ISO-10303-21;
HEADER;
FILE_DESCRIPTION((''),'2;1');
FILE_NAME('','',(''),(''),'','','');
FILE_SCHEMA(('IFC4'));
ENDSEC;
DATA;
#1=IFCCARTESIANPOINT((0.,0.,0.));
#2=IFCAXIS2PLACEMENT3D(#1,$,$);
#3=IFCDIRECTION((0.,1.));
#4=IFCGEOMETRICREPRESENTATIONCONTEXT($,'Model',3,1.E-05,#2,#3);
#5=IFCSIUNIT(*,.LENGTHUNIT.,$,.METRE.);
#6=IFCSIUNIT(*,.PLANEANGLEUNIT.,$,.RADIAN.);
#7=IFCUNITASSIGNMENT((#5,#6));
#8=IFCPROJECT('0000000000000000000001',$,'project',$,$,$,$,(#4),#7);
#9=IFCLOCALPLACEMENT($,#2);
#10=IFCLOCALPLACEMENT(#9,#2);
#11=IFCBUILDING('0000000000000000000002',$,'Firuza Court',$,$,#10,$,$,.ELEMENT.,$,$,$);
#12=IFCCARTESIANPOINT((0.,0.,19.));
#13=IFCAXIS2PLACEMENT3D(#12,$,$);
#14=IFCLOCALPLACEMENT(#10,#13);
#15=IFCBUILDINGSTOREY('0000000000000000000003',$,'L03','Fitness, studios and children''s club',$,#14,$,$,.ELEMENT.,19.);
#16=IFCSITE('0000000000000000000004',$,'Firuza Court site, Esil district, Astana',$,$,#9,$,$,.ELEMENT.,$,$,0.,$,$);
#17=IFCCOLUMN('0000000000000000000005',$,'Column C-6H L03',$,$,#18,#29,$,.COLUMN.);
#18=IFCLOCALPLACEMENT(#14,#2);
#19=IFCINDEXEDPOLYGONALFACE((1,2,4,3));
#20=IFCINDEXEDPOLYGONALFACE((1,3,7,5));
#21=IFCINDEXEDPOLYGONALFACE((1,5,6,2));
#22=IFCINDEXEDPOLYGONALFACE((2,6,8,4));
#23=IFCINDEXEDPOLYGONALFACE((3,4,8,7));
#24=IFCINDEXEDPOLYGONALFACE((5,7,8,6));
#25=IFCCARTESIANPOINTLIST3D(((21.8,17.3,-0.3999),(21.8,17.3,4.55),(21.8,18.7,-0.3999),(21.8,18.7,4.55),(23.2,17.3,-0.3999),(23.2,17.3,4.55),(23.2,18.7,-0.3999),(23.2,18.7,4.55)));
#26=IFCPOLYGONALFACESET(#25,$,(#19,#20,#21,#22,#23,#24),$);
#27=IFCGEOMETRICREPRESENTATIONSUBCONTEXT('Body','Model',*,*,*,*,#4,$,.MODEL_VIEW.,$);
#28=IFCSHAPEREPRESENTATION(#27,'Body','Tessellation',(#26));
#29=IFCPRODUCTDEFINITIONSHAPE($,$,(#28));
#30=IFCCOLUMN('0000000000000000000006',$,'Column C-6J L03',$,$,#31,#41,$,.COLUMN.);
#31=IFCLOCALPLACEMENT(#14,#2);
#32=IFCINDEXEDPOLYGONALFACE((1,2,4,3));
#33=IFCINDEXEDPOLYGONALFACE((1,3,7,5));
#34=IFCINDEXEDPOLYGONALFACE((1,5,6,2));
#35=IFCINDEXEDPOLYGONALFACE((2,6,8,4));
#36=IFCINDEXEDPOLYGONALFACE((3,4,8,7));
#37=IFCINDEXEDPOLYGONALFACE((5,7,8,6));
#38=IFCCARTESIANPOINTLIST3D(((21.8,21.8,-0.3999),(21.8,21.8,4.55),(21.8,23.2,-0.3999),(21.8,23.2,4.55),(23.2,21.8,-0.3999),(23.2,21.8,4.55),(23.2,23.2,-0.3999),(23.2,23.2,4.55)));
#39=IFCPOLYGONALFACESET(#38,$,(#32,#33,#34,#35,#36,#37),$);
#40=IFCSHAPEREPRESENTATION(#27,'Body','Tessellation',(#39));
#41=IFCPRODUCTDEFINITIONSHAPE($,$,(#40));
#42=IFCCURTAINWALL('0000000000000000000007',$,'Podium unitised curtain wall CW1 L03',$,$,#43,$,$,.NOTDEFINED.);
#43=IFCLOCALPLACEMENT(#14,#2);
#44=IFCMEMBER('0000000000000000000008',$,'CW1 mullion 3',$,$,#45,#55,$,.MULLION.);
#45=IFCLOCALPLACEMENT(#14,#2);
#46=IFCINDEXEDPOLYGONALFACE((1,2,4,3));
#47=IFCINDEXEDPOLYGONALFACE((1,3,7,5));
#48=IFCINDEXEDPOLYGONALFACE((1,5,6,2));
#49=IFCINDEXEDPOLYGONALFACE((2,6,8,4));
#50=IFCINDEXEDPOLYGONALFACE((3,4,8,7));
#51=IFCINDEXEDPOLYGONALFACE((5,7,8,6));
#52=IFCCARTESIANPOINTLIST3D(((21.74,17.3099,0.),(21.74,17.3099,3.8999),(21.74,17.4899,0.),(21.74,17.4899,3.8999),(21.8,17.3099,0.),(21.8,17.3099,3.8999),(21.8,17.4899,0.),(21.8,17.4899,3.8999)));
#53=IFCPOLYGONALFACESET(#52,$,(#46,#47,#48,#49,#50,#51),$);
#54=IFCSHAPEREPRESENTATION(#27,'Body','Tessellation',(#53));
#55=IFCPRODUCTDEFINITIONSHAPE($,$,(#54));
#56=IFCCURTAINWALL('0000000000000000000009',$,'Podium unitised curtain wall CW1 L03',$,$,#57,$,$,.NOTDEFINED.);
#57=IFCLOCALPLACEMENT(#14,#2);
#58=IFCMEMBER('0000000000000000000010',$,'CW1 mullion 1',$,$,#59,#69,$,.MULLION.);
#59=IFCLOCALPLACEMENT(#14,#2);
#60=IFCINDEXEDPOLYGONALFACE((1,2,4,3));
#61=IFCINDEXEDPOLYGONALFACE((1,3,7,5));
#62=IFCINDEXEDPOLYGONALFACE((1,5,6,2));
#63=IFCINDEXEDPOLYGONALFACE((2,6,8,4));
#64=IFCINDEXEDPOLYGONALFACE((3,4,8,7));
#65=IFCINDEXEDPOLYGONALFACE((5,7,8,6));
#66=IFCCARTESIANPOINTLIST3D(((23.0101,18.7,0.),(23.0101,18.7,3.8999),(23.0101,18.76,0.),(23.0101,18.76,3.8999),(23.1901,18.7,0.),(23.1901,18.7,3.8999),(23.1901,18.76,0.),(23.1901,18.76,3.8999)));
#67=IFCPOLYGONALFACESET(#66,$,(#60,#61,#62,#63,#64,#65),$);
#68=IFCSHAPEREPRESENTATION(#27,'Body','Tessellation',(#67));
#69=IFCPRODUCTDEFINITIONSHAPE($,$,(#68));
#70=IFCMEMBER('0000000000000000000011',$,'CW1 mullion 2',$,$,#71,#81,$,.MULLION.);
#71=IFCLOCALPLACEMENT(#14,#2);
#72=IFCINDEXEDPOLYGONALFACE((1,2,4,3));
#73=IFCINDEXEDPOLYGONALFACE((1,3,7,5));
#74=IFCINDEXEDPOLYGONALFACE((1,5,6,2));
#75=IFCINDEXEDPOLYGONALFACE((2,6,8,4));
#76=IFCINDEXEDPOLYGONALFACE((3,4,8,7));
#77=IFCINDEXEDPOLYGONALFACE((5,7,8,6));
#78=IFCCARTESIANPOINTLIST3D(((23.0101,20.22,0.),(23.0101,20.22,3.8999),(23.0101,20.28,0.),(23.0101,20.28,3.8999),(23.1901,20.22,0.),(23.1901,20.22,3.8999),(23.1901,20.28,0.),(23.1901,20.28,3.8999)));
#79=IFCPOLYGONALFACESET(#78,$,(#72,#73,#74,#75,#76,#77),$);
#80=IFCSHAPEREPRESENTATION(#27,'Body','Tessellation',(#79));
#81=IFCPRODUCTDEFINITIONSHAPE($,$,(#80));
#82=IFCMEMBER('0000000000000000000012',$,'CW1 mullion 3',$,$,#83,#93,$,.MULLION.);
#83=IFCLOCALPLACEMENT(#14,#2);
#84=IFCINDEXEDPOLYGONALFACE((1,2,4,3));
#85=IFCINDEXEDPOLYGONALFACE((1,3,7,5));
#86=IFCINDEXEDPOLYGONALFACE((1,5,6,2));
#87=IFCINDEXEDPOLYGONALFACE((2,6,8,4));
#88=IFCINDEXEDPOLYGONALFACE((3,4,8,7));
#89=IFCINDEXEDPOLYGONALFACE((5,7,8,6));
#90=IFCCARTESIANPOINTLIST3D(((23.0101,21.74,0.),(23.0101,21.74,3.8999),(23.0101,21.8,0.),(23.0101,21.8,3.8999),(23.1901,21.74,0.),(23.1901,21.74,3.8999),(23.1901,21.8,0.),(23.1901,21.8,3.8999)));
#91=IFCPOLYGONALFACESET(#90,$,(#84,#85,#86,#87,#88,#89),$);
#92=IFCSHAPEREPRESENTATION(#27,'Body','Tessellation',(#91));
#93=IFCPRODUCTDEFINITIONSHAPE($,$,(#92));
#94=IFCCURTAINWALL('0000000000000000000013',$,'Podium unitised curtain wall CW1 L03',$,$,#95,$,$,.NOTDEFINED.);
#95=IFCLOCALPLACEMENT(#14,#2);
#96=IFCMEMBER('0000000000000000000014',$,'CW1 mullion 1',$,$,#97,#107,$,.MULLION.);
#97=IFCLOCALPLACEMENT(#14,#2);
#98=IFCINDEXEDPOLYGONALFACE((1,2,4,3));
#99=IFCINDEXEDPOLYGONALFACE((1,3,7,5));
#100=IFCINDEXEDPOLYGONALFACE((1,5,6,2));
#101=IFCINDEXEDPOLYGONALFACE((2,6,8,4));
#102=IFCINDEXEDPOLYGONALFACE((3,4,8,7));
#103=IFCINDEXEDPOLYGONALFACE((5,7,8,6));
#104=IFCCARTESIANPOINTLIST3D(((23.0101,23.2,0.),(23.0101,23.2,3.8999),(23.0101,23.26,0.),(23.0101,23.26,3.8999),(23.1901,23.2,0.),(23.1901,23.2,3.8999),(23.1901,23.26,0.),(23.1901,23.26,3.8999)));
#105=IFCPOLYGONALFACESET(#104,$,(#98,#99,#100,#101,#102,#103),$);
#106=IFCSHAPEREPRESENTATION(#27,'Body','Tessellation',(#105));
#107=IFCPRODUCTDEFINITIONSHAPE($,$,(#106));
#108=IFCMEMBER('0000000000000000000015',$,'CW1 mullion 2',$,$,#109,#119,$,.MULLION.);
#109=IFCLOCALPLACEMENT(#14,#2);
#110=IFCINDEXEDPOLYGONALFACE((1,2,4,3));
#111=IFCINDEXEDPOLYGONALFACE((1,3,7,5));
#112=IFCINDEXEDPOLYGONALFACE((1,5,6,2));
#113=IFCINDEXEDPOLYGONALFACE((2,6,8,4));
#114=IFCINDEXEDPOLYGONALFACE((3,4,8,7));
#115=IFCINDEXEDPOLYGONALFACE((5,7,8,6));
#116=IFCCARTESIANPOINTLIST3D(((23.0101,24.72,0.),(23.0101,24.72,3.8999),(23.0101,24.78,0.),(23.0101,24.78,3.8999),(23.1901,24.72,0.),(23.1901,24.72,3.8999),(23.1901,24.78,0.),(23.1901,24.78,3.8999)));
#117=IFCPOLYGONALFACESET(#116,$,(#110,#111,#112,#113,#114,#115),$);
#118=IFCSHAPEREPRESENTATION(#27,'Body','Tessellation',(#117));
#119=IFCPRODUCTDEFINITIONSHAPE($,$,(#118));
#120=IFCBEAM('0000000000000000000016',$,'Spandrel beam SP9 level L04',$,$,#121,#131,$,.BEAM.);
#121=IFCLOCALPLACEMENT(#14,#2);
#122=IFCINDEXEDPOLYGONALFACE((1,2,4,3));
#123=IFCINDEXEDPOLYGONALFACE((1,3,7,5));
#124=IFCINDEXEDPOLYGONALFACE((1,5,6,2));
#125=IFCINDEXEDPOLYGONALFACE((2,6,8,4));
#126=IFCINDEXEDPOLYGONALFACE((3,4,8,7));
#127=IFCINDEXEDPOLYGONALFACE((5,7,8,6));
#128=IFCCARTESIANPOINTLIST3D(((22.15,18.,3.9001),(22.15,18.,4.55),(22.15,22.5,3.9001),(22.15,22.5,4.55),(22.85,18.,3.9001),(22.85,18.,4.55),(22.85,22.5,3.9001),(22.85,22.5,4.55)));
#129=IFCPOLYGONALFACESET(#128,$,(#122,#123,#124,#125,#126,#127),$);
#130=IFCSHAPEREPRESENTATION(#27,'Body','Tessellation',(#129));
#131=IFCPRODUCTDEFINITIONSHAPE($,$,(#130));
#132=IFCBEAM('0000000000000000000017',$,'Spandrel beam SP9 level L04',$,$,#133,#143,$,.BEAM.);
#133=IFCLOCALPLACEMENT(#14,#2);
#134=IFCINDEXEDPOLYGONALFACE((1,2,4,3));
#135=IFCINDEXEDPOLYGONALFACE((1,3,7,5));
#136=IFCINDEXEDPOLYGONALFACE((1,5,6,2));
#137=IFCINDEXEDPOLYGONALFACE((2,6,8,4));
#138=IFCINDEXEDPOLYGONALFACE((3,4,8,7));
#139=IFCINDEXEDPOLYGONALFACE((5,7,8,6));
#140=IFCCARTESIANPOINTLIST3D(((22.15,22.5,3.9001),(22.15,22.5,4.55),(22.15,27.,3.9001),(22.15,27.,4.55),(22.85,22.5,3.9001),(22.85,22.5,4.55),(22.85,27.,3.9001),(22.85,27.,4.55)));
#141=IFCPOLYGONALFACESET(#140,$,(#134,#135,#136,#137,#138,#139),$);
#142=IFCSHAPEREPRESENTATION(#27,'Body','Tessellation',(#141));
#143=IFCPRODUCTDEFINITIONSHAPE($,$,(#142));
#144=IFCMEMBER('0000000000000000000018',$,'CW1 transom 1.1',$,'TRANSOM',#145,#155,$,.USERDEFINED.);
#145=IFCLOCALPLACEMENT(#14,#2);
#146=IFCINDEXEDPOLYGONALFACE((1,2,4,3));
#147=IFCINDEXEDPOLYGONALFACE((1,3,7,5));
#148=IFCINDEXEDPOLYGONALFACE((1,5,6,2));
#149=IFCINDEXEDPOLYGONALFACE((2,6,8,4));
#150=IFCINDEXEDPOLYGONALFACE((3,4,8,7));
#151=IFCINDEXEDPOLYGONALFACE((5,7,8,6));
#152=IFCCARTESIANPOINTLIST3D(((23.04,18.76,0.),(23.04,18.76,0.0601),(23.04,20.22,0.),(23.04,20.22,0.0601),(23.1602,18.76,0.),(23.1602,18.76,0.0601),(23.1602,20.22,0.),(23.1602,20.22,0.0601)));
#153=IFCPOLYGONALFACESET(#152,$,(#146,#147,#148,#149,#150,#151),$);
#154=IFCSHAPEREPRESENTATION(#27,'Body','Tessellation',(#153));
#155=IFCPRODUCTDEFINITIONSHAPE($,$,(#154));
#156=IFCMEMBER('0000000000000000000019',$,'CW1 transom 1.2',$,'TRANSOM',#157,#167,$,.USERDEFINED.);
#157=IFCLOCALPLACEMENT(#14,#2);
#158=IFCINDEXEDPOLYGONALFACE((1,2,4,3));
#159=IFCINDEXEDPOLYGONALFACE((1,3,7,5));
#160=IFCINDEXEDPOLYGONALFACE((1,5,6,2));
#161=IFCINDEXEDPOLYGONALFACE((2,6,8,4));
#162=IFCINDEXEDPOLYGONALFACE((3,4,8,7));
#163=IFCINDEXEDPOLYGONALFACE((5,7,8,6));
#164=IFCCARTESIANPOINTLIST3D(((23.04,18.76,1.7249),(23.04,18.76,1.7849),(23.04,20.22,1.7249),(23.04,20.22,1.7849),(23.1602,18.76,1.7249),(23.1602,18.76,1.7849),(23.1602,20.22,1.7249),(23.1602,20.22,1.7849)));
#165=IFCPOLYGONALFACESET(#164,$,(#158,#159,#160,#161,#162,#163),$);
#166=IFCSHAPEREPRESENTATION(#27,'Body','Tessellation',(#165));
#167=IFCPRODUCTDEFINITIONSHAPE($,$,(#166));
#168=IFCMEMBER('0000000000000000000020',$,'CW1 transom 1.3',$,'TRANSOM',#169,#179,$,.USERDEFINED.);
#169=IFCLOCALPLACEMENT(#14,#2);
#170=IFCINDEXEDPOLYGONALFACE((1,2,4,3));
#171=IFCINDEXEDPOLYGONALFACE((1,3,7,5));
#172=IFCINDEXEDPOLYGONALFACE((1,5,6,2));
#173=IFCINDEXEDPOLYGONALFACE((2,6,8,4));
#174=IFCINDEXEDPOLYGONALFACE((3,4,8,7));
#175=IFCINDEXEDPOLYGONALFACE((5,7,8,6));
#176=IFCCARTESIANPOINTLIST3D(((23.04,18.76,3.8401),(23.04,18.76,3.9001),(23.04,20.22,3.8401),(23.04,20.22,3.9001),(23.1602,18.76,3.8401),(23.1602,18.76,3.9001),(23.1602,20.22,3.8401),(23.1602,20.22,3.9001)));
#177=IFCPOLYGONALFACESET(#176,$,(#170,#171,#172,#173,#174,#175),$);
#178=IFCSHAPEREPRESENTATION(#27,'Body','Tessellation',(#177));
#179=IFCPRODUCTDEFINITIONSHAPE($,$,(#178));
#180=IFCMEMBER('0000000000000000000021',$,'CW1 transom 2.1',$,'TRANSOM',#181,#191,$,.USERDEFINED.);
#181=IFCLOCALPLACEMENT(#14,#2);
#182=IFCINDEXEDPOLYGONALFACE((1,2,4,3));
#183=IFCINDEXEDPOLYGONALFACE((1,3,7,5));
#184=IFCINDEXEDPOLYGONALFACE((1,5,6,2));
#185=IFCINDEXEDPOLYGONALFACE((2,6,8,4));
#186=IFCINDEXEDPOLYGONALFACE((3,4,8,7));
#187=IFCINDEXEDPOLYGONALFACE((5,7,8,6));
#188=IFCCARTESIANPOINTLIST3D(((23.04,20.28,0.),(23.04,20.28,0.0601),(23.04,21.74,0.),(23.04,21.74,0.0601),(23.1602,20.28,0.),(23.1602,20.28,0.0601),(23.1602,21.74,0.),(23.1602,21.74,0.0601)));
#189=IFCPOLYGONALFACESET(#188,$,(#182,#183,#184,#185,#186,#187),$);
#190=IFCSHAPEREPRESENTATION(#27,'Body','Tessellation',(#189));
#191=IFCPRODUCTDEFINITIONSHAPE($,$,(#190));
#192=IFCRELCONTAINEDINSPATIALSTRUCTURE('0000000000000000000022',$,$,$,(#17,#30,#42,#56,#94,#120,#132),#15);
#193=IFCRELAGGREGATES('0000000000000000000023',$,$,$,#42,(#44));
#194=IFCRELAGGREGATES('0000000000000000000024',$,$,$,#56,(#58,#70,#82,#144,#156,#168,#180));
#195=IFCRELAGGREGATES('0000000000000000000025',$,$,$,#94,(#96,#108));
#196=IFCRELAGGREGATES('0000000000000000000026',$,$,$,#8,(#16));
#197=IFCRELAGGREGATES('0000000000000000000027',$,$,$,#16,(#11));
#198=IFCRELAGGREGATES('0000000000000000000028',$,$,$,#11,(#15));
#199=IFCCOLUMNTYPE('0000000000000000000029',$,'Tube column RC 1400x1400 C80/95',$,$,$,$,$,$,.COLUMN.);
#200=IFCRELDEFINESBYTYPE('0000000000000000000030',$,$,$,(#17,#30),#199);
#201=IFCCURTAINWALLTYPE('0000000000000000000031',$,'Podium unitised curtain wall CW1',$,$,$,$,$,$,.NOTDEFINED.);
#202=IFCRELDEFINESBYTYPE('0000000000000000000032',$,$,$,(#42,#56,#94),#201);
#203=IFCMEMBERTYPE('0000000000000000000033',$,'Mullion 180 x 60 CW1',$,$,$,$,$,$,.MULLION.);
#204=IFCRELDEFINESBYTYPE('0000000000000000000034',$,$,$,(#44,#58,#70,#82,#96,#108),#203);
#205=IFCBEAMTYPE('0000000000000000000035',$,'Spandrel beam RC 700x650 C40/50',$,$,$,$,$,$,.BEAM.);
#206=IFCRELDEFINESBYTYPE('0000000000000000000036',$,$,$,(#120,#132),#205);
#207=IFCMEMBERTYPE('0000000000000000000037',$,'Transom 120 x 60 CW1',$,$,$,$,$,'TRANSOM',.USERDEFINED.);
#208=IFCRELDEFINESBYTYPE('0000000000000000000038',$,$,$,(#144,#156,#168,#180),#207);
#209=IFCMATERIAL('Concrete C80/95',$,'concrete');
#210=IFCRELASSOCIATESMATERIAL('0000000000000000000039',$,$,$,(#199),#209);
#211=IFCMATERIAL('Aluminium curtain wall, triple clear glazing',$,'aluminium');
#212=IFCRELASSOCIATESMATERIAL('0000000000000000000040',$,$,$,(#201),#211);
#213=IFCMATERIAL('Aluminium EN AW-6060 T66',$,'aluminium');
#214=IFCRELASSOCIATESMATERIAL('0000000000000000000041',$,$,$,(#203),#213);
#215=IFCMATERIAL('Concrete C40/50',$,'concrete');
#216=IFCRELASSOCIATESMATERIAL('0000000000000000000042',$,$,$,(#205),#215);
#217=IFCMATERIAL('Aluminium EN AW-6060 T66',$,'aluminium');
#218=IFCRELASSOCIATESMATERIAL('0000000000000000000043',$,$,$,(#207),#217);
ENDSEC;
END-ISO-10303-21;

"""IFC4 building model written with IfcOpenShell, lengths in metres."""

from ifc_helpers import new_model, si_unit, direction, frame, origin, origin_2d, place, context, subcontext, project, spatial, rectangle, extrude, material, material_profile, profile_set, type_object, element, aggregate, save


model = new_model("IFC4")

# Units and contexts
model_context = context("Model", 3, precision=1e-05, world=origin(), true_north=direction((0.0, 1.0)))
body_context = subcontext(model_context, "Body", "Model", "MODEL_VIEW")
ifc_project = project(units=[si_unit("LENGTHUNIT", "METRE"), si_unit("PLANEANGLEUNIT", "RADIAN")], contexts=[model_context])

# Site, building, storey
site_placement = place(None, origin())
site = spatial("IfcSite", under=ifc_project, at=site_placement, Name="Firuza Court site, Esil district, Astana", CompositionType="ELEMENT", RefElevation=0.0)
building_placement = place(site_placement, origin())
building = spatial("IfcBuilding", under=site, at=building_placement, Name="Firuza Court", CompositionType="ELEMENT")
storey_placement = place(building_placement, frame((0.0, 0.0, 19.0)))
storey = spatial("IfcBuildingStorey", under=building, at=storey_placement, Name="L03", Description="Fitness, studios and children's club", CompositionType="ELEMENT", Elevation=19.0)

# Columns
ifc_material_1 = material(Name="Concrete C80/95", Category="concrete")
ifc_material_profile_1 = material_profile(ifc_material_1, rectangle(XDim=1.3999, YDim=1.3999, at=origin_2d()), Name="RC 1400x1400")
ifc_profile_set_1 = profile_set([ifc_material_profile_1], Name="Concrete C80/95")
column_type = type_object("IfcColumnType", Name="Tube column RC 1400x1400 C80/95", PredefinedType="COLUMN", material=ifc_profile_set_1)
for number, where, z_axis, x_axis, name in (
    (1, (22.5, 18.0, -0.3999), (0.0, 0.0, 1.0), (1.0, 0.0, 0.0), "Column C-6H L03"),
    (2, (22.5, 22.5, -0.3999), (0.0, 0.0, 1.0), (1.0, 0.0, 0.0), "Column C-6J L03"),
):
    element("IfcColumn", number, at=place(storey_placement, frame(where, z_axis=z_axis, x_axis=x_axis)), inside=storey, type_object=column_type, Name=name, PredefinedType="COLUMN", context=body_context, shape_type="SweptSolid", body=[
        extrude(rectangle(XDim=1.3999, YDim=1.3999, at=origin_2d()), origin(), (0.0, 0.0, 1.0), 4.95),
    ])

# Curtain wall, member
ifc_material_2 = material(Name="Aluminium curtain wall, triple clear glazing", Category="aluminium")
curtain_wall_type = type_object("IfcCurtainWallType", Name="Podium unitised curtain wall CW1", PredefinedType="NOTDEFINED", material=ifc_material_2)
curtain_wall_1_placement = place(storey_placement, origin())
curtain_wall_1 = element("IfcCurtainWall", 3, at=curtain_wall_1_placement, inside=storey, type_object=curtain_wall_type, Name="Podium unitised curtain wall CW1 L03", PredefinedType="NOTDEFINED")
ifc_material_3 = material(Name="Aluminium EN AW-6060 T66", Category="aluminium")
ifc_material_profile_2 = material_profile(ifc_material_3, rectangle(XDim=0.1799, YDim=0.0601, at=origin_2d()), Name="Mullion 180 x 60 CW1")
ifc_profile_set_2 = profile_set([ifc_material_profile_2], Name="Aluminium EN AW-6060 T66")
member_type_1 = type_object("IfcMemberType", Name="Mullion 180 x 60 CW1", PredefinedType="MULLION", material=ifc_profile_set_2)
member_1_placement = place(storey_placement, frame((21.77, 17.3999, 0.0), z_axis=(0.0, 0.0, 1.0), x_axis=(0.0, 1.0, 0.0)))
member_1 = element("IfcMember", 4, at=member_1_placement, type_object=member_type_1, Name="CW1 mullion 3", PredefinedType="MULLION", context=body_context, shape_type="SweptSolid", body=[
    extrude(rectangle(XDim=0.1799, YDim=0.0601, at=origin_2d()), origin(), (0.0, 0.0, 1.0), 3.8999),
])
aggregate(curtain_wall_1, [member_1])

# Curtain walls, members
curtain_wall_2_placement = place(storey_placement, origin())
curtain_wall_2 = element("IfcCurtainWall", 5, at=curtain_wall_2_placement, inside=storey, type_object=curtain_wall_type, Name="Podium unitised curtain wall CW1 L03", PredefinedType="NOTDEFINED")
member_2_placement = place(storey_placement, frame((23.1001, 18.73, 0.0), z_axis=(0.0, 0.0, 1.0), x_axis=(-1.0, 0.0, 0.0)))
member_2 = element("IfcMember", 6, at=member_2_placement, type_object=member_type_1, Name="CW1 mullion 1", PredefinedType="MULLION", context=body_context, shape_type="SweptSolid", body=[
    extrude(rectangle(XDim=0.1799, YDim=0.0601, at=origin_2d()), origin(), (0.0, 0.0, 1.0), 3.8999),
])
member_3_placement = place(storey_placement, frame((23.1001, 20.25, 0.0), z_axis=(0.0, 0.0, 1.0), x_axis=(-1.0, 0.0, 0.0)))
member_3 = element("IfcMember", 7, at=member_3_placement, type_object=member_type_1, Name="CW1 mullion 2", PredefinedType="MULLION", context=body_context, shape_type="SweptSolid", body=[
    extrude(rectangle(XDim=0.1799, YDim=0.0601, at=origin_2d()), origin(), (0.0, 0.0, 1.0), 3.8999),
])
member_4_placement = place(storey_placement, frame((23.1001, 21.77, 0.0), z_axis=(0.0, 0.0, 1.0), x_axis=(-1.0, 0.0, 0.0)))
member_4 = element("IfcMember", 8, at=member_4_placement, type_object=member_type_1, Name="CW1 mullion 3", PredefinedType="MULLION", context=body_context, shape_type="SweptSolid", body=[
    extrude(rectangle(XDim=0.1799, YDim=0.0601, at=origin_2d()), origin(), (0.0, 0.0, 1.0), 3.8999),
])
curtain_wall_3_placement = place(storey_placement, origin())
curtain_wall_3 = element("IfcCurtainWall", 9, at=curtain_wall_3_placement, inside=storey, type_object=curtain_wall_type, Name="Podium unitised curtain wall CW1 L03", PredefinedType="NOTDEFINED")
member_5_placement = place(storey_placement, frame((23.1001, 23.23, 0.0), z_axis=(0.0, 0.0, 1.0), x_axis=(-1.0, 0.0, 0.0)))
member_5 = element("IfcMember", 10, at=member_5_placement, type_object=member_type_1, Name="CW1 mullion 1", PredefinedType="MULLION", context=body_context, shape_type="SweptSolid", body=[
    extrude(rectangle(XDim=0.1799, YDim=0.0601, at=origin_2d()), origin(), (0.0, 0.0, 1.0), 3.8999),
])
member_6_placement = place(storey_placement, frame((23.1001, 24.75, 0.0), z_axis=(0.0, 0.0, 1.0), x_axis=(-1.0, 0.0, 0.0)))
member_6 = element("IfcMember", 11, at=member_6_placement, type_object=member_type_1, Name="CW1 mullion 2", PredefinedType="MULLION", context=body_context, shape_type="SweptSolid", body=[
    extrude(rectangle(XDim=0.1799, YDim=0.0601, at=origin_2d()), origin(), (0.0, 0.0, 1.0), 3.8999),
])

# Beams
ifc_material_4 = material(Name="Concrete C40/50", Category="concrete")
ifc_material_profile_3 = material_profile(ifc_material_4, rectangle(XDim=0.7, YDim=0.6499, at=origin_2d()), Name="RC 700x650")
ifc_profile_set_3 = profile_set([ifc_material_profile_3], Name="Concrete C40/50")
beam_type = type_object("IfcBeamType", Name="Spandrel beam RC 700x650 C40/50", PredefinedType="BEAM", material=ifc_profile_set_3)
for number, where, z_axis, x_axis, name in (
    (12, (22.5, 18.0, 4.2251), (0.0, 1.0, 0.0), (-1.0, 0.0, 0.0), "Spandrel beam SP9 level L04"),
    (13, (22.5, 22.5, 4.2251), (0.0, 1.0, 0.0), (-1.0, 0.0, 0.0), "Spandrel beam SP9 level L04"),
):
    element("IfcBeam", number, at=place(storey_placement, frame(where, z_axis=z_axis, x_axis=x_axis)), inside=storey, type_object=beam_type, Name=name, PredefinedType="BEAM", context=body_context, shape_type="SweptSolid", body=[
        extrude(rectangle(XDim=0.7, YDim=0.6499, at=origin_2d()), origin(), (0.0, 0.0, 1.0), 4.5),
    ])

# Members
ifc_material_5 = material(Name="Aluminium EN AW-6060 T66", Category="aluminium")
ifc_material_profile_4 = material_profile(ifc_material_5, rectangle(XDim=0.1201, YDim=0.0601, at=origin_2d()), Name="Transom 120 x 60 CW1")
ifc_profile_set_4 = profile_set([ifc_material_profile_4], Name="Aluminium EN AW-6060 T66")
member_type_2 = type_object("IfcMemberType", Name="Transom 120 x 60 CW1", ElementType="TRANSOM", PredefinedType="USERDEFINED", material=ifc_profile_set_4)
member_7_placement = place(storey_placement, frame((23.1001, 18.76, 0.03), z_axis=(0.0, 1.0, 0.0), x_axis=(-1.0, 0.0, 0.0)))
member_7 = element("IfcMember", 14, at=member_7_placement, type_object=member_type_2, Name="CW1 transom 1.1", ObjectType="TRANSOM", PredefinedType="USERDEFINED", context=body_context, shape_type="SweptSolid", body=[
    extrude(rectangle(XDim=0.1201, YDim=0.0601, at=origin_2d()), origin(), (0.0, 0.0, 1.0), 1.46),
])
member_8_placement = place(storey_placement, frame((23.1001, 18.76, 1.7549), z_axis=(0.0, 1.0, 0.0), x_axis=(-1.0, 0.0, 0.0)))
member_8 = element("IfcMember", 15, at=member_8_placement, type_object=member_type_2, Name="CW1 transom 1.2", ObjectType="TRANSOM", PredefinedType="USERDEFINED", context=body_context, shape_type="SweptSolid", body=[
    extrude(rectangle(XDim=0.1201, YDim=0.0601, at=origin_2d()), origin(), (0.0, 0.0, 1.0), 1.46),
])
member_9_placement = place(storey_placement, frame((23.1001, 18.76, 3.8701), z_axis=(0.0, 1.0, 0.0), x_axis=(-1.0, 0.0, 0.0)))
member_9 = element("IfcMember", 16, at=member_9_placement, type_object=member_type_2, Name="CW1 transom 1.3", ObjectType="TRANSOM", PredefinedType="USERDEFINED", context=body_context, shape_type="SweptSolid", body=[
    extrude(rectangle(XDim=0.1201, YDim=0.0601, at=origin_2d()), origin(), (0.0, 0.0, 1.0), 1.46),
])
member_10_placement = place(storey_placement, frame((23.1001, 20.28, 0.03), z_axis=(0.0, 1.0, 0.0), x_axis=(-1.0, 0.0, 0.0)))
member_10 = element("IfcMember", 17, at=member_10_placement, type_object=member_type_2, Name="CW1 transom 2.1", ObjectType="TRANSOM", PredefinedType="USERDEFINED", context=body_context, shape_type="SweptSolid", body=[
    extrude(rectangle(XDim=0.1201, YDim=0.0601, at=origin_2d()), origin(), (0.0, 0.0, 1.0), 1.46),
])

aggregate(curtain_wall_2, [member_2, member_3, member_4, member_7, member_8, member_9, member_10])
aggregate(curtain_wall_3, [member_5, member_6])

save(model, "model.ifc")
